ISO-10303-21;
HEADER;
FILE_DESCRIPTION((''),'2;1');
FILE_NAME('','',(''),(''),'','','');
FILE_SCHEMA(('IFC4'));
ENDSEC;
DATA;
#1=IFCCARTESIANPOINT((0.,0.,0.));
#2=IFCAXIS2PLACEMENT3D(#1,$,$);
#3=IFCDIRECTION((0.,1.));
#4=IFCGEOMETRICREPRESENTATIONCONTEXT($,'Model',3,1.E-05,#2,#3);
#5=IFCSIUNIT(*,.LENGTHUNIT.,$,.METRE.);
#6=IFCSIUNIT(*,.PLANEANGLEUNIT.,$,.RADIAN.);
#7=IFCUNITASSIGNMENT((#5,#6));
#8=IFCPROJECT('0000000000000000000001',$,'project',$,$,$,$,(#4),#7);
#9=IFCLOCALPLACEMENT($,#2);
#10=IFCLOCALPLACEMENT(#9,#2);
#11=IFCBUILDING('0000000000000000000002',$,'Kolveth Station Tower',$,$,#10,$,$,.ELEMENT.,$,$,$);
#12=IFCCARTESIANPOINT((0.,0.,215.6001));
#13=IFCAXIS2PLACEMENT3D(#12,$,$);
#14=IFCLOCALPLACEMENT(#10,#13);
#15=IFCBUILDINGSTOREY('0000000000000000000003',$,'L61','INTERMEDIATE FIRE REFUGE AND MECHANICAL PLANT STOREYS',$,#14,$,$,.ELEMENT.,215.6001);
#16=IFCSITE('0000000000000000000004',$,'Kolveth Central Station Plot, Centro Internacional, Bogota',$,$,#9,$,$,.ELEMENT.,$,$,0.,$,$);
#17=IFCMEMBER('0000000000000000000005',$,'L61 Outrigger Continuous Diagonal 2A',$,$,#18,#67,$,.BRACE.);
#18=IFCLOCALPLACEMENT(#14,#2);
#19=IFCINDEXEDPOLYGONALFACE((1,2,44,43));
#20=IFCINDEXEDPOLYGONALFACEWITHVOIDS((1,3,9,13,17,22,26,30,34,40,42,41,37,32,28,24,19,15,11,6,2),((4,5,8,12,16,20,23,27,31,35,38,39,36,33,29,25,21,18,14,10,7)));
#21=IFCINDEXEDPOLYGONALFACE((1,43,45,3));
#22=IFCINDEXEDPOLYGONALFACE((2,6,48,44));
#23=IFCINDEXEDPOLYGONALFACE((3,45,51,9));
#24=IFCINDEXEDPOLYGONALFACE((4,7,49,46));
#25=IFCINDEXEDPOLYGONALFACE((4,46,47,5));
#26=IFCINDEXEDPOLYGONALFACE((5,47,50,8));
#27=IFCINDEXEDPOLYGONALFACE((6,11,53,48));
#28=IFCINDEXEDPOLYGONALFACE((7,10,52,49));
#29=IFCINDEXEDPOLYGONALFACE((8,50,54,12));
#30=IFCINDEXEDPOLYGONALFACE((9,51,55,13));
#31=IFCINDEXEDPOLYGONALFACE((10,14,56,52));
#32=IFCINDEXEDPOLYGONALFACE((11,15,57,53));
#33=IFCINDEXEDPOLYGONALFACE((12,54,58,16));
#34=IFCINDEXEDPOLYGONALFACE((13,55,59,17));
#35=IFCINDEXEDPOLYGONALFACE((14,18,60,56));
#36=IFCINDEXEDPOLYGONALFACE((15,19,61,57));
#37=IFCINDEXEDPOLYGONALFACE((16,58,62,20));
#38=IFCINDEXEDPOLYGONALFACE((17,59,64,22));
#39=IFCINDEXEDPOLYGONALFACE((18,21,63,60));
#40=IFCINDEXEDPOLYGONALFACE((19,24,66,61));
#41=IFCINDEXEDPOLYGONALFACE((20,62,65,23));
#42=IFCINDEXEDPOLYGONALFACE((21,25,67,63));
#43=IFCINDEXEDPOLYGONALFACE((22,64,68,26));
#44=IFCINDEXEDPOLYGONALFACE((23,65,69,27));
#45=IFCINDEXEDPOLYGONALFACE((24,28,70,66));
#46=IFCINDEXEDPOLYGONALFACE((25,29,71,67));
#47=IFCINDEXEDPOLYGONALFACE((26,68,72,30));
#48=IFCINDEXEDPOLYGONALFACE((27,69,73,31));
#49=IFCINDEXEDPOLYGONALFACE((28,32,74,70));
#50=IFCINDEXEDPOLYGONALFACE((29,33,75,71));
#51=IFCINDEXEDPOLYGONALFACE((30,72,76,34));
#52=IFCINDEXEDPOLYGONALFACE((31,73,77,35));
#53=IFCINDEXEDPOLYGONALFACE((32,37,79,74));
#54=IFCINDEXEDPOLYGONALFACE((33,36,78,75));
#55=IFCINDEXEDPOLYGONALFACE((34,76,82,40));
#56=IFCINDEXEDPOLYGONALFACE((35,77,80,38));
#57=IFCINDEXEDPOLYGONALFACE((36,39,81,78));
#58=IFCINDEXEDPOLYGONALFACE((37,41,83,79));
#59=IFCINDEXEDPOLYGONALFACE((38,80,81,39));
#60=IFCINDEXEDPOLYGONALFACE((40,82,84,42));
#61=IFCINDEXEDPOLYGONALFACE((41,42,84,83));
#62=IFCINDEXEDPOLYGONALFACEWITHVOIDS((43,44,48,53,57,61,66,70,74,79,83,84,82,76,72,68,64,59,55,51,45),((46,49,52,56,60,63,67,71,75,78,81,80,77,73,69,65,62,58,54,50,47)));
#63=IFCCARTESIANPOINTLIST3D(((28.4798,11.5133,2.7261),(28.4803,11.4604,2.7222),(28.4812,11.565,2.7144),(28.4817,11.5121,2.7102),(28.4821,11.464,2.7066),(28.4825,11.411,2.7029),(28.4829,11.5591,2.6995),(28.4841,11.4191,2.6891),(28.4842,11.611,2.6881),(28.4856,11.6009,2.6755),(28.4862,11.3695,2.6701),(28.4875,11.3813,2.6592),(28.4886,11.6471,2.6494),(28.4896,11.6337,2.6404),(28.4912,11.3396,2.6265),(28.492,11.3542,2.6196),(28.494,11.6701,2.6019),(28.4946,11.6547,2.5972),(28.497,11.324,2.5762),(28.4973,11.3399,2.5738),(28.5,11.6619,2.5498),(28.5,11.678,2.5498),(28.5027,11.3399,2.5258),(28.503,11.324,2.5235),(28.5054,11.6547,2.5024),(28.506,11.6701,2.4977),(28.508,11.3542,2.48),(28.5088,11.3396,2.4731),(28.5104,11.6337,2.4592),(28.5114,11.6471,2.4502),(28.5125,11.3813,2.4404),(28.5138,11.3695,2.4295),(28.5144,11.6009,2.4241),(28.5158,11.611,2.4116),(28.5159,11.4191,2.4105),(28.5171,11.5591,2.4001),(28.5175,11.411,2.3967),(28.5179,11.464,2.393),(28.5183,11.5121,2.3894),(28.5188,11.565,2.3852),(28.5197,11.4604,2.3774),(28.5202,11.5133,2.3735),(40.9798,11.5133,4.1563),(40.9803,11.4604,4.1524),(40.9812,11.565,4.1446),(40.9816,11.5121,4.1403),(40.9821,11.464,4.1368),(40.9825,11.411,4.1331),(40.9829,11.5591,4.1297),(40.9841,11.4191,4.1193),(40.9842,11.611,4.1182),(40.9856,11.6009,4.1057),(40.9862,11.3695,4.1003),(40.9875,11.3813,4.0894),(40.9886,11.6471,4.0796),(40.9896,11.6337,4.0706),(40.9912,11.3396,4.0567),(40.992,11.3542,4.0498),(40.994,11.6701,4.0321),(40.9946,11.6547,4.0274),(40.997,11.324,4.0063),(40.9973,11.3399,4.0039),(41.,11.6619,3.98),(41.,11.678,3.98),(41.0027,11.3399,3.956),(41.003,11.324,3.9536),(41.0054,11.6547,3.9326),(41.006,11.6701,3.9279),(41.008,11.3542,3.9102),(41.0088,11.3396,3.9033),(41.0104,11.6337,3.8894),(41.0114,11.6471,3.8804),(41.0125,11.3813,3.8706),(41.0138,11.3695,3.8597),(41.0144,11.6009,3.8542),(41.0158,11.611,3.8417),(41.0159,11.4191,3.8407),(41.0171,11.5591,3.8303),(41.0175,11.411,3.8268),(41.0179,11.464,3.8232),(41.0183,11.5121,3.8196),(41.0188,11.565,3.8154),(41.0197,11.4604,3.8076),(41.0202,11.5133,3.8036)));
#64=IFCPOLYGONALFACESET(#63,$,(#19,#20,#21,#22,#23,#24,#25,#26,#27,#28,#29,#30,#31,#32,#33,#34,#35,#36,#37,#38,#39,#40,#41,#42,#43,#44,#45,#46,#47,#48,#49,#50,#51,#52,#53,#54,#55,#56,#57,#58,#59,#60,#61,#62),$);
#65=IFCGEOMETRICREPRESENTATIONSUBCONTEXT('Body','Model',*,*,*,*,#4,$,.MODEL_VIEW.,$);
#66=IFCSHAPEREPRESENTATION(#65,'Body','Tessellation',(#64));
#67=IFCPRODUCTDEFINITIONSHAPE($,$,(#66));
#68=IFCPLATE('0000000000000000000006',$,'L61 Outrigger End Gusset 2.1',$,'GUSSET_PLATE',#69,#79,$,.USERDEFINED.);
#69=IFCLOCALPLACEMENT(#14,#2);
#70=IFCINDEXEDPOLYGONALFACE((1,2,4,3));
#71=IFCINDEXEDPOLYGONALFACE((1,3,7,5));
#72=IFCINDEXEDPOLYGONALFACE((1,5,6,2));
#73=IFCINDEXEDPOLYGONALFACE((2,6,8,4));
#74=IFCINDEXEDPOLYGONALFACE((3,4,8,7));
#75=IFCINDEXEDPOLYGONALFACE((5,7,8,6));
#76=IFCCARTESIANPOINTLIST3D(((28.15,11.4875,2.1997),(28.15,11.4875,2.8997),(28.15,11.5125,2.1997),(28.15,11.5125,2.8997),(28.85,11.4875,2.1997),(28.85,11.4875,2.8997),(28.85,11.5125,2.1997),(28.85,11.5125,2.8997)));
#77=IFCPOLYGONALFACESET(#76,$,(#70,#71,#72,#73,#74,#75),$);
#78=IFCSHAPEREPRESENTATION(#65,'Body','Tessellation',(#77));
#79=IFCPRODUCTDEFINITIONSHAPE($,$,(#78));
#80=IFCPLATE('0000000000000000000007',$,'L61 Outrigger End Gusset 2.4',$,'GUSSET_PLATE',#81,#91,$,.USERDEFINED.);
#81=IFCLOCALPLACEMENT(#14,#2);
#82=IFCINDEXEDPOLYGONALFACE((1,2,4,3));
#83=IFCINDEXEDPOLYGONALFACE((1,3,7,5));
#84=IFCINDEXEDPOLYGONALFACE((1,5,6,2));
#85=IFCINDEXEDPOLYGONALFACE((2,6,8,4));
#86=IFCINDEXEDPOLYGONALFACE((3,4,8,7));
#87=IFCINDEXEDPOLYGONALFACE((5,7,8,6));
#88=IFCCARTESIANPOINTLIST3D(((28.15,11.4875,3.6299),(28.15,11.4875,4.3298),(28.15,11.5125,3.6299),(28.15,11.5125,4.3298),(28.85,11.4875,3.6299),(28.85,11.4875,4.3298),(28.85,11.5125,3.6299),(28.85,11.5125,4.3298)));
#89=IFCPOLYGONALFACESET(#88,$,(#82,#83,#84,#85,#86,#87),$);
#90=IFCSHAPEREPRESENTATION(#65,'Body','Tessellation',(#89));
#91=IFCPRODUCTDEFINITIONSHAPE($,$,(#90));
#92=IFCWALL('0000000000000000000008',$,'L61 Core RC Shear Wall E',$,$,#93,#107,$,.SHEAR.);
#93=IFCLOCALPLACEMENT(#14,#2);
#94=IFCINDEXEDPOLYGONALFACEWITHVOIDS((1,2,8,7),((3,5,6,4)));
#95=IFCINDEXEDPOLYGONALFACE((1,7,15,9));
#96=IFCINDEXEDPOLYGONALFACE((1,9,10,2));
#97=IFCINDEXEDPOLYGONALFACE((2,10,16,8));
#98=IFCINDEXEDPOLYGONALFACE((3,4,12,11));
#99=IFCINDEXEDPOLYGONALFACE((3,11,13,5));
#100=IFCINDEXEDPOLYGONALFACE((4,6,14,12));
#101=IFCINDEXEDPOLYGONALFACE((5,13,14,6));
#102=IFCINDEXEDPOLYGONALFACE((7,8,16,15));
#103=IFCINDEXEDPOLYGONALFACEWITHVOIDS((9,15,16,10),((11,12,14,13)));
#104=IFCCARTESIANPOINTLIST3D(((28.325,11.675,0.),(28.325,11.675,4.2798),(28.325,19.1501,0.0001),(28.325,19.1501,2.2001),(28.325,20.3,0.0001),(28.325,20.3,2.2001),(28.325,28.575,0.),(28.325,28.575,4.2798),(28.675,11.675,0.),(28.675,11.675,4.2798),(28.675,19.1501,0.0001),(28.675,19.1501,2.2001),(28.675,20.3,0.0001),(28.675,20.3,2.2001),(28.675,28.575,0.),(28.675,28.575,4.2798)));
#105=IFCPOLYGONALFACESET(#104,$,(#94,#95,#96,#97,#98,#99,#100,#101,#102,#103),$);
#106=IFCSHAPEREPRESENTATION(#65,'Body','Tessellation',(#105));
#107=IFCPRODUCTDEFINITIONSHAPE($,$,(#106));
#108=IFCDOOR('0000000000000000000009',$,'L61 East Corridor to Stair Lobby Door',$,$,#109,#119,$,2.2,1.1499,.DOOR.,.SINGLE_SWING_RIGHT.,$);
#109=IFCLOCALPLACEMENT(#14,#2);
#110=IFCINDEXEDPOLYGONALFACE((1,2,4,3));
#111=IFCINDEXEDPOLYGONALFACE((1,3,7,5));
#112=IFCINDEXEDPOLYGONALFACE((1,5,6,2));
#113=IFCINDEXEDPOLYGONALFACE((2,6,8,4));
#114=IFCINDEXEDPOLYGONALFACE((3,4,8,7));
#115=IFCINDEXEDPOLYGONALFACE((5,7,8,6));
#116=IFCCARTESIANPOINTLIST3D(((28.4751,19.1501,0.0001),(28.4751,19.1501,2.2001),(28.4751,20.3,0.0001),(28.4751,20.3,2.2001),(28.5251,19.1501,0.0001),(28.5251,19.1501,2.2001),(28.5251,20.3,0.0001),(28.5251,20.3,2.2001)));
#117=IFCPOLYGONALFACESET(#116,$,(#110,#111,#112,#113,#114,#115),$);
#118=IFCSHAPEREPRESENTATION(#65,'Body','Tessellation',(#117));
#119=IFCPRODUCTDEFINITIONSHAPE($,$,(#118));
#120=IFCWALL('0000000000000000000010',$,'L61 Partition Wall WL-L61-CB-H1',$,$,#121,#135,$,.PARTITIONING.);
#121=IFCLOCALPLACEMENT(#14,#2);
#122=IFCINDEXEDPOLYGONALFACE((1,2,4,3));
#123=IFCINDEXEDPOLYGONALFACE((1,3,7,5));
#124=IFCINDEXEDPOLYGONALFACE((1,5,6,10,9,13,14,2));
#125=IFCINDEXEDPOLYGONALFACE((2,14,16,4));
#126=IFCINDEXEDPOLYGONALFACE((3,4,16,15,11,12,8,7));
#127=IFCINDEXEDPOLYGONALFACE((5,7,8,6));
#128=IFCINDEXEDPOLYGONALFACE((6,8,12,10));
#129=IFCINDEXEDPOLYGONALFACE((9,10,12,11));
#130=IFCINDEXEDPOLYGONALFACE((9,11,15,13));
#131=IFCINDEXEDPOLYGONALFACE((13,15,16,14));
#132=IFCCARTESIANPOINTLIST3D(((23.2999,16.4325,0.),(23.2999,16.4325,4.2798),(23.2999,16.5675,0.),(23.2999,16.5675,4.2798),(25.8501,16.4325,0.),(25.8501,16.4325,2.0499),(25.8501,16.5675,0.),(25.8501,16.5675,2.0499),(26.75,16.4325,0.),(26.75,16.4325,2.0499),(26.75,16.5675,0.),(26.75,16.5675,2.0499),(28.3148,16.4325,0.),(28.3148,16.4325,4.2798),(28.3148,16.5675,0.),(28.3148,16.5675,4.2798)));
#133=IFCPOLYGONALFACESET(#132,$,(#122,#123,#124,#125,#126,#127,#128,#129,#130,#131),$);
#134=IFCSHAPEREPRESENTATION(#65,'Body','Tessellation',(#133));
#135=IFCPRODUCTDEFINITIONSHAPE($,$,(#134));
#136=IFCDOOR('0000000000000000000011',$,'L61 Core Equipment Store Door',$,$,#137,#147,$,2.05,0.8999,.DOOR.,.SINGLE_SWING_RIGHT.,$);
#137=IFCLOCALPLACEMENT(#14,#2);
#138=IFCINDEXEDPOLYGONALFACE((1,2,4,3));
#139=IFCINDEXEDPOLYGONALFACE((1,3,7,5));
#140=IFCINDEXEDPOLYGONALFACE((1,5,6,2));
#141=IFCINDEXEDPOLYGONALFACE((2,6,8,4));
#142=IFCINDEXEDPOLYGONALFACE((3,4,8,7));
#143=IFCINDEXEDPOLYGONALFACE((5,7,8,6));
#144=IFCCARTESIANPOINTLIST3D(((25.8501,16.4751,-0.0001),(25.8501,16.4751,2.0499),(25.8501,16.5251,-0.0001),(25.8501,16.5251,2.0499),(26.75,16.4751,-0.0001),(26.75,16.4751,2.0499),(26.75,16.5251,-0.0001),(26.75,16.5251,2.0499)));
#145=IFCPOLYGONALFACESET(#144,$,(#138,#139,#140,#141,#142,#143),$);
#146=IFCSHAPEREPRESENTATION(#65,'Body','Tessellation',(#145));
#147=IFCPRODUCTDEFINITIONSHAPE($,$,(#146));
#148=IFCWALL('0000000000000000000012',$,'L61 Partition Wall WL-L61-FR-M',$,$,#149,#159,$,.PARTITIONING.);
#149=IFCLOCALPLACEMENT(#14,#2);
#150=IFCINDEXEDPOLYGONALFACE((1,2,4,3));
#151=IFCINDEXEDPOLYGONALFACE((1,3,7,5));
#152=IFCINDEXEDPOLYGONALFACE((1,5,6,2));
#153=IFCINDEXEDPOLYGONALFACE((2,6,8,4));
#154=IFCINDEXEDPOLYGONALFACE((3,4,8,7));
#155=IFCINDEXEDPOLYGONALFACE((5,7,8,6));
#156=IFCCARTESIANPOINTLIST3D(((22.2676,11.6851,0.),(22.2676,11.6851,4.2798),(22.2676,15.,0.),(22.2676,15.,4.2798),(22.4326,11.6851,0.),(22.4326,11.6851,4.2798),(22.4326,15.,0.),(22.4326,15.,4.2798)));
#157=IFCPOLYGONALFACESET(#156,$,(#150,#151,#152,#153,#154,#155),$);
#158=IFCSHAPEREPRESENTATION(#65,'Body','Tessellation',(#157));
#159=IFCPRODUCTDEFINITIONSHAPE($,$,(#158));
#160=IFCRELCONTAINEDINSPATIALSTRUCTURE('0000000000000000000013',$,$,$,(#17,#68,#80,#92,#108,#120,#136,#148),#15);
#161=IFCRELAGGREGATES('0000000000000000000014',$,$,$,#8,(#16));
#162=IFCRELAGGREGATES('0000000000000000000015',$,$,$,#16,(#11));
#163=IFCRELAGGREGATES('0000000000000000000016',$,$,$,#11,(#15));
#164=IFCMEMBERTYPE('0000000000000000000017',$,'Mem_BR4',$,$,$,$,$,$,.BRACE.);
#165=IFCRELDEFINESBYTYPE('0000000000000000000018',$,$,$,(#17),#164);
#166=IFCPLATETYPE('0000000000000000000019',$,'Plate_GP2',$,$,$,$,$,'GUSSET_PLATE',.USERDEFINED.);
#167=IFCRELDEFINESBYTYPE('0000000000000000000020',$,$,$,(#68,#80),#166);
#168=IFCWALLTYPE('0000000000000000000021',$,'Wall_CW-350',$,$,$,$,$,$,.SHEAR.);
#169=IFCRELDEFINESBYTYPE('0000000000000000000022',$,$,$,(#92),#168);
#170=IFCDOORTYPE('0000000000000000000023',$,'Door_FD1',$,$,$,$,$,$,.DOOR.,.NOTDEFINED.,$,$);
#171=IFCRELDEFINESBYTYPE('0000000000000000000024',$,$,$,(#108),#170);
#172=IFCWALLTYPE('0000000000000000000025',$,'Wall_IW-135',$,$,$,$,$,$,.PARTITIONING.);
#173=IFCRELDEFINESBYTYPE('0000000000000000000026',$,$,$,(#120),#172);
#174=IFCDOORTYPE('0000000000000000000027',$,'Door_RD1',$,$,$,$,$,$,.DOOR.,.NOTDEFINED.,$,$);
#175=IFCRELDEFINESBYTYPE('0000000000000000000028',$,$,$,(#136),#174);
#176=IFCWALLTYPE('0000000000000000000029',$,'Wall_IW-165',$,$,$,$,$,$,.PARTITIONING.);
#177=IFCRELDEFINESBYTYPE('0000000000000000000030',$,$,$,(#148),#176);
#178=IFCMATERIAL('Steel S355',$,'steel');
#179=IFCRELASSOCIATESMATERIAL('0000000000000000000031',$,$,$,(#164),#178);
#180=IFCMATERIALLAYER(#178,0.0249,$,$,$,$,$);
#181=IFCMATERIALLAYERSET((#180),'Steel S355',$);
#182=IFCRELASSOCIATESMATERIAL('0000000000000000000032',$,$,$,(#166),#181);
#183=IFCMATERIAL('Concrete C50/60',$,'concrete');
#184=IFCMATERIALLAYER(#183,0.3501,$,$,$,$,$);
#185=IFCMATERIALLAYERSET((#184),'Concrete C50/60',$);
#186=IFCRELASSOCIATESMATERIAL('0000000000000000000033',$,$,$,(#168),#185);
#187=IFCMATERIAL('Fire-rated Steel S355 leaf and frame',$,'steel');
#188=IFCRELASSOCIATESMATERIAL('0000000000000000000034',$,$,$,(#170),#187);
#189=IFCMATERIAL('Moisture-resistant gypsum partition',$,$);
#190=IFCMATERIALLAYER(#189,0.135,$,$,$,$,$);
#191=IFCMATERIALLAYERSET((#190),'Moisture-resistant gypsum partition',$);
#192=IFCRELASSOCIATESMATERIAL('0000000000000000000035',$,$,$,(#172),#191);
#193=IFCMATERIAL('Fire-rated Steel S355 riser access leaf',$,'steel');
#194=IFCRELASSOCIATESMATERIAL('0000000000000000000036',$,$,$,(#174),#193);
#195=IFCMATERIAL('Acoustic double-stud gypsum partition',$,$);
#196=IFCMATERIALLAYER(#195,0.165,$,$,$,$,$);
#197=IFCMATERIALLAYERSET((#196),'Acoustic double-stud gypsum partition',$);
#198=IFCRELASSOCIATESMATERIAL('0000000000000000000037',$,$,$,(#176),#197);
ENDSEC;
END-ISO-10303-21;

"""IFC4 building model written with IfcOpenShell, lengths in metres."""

from ifc_helpers import new_model, si_unit, direction, frame, frame_2d, origin, origin_2d, place, context, subcontext, project, spatial, rectangle, hollow_circle, extrude, source, transform, mapped, material, layer, layer_set, material_profile, profile_set, type_object, element, fill, save


model = new_model("IFC4")

# Units and contexts
model_context = context("Model", 3, precision=1e-05, world=origin(), true_north=direction((0.0, 1.0)))
body_context = subcontext(model_context, "Body", "Model", "MODEL_VIEW")
ifc_project = project(units=[si_unit("LENGTHUNIT", "METRE"), si_unit("PLANEANGLEUNIT", "RADIAN")], contexts=[model_context])

# Site, building, storey
site_placement = place(None, origin())
site = spatial("IfcSite", under=ifc_project, at=site_placement, Name="Kolveth Central Station Plot, Centro Internacional, Bogota", CompositionType="ELEMENT", RefElevation=0.0)
building_placement = place(site_placement, origin())
building = spatial("IfcBuilding", under=site, at=building_placement, Name="Kolveth Station Tower", CompositionType="ELEMENT")
storey_placement = place(building_placement, frame((0.0, 0.0, 215.6001)))
storey = spatial("IfcBuildingStorey", under=building, at=storey_placement, Name="L61", Description="INTERMEDIATE FIRE REFUGE AND MECHANICAL PLANT STOREYS", CompositionType="ELEMENT", Elevation=215.6001)

# Shared definitions
ifc_material_1 = material(Name="Steel S355", Category="steel")

# Member
ifc_material_profile_1 = material_profile(ifc_material_1, hollow_circle(Radius=0.178, WallThickness=0.0161, at=origin_2d()), Name="CHS356x16")
ifc_profile_set_1 = profile_set([ifc_material_profile_1], Name="Steel S355")
member_type = type_object("IfcMemberType", Name="Mem_BR4", PredefinedType="BRACE", material=ifc_profile_set_1)
shared_shape_1 = source(origin(), body_context, "Body", "SweptSolid", [
    extrude(hollow_circle(Radius=0.178, WallThickness=0.0161, at=origin_2d()), origin(), (0.0, 0.0, 1.0), 12.5815),
])
member_placement = place(storey_placement, frame((28.5, 11.5, 2.5498), z_axis=(0.993518, 0.0, 0.113672), x_axis=(0.0, 1.0, 0.0)))
element("IfcMember", 1, at=member_placement, inside=storey, type_object=member_type, Name="L61 Outrigger Continuous Diagonal 2A", PredefinedType="BRACE", context=body_context, shape_type="MappedRepresentation", body=[
    mapped(shared_shape_1, transform((0.0, 0.0, 0.0), x_axis=(1.0, 0.0, 0.0), y_axis=(0.0, 1.0, 0.0), z_axis=(0.0, 0.0, 1.0), scale=1.0)),
])

# Plates
ifc_layer_1 = layer(ifc_material_1, 0.0249)
ifc_layer_set_1 = layer_set([ifc_layer_1], Name="Steel S355")
plate_type = type_object("IfcPlateType", Name="Plate_GP2", ElementType="GUSSET_PLATE", PredefinedType="USERDEFINED", material=ifc_layer_set_1)
shared_shape_2 = source(origin(), body_context, "Body", "SweptSolid", [
    extrude(rectangle(XDim=0.7, YDim=0.0249, at=origin_2d()), origin(), (0.0, 0.0, 1.0), 0.7),
])
for number, where, z_axis, x_axis, name in (
    (2, (28.5, 11.5, 2.1997), (0.0, 0.0, 1.0), (1.0, 0.0, 0.0), "L61 Outrigger End Gusset 2.1"),
    (3, (28.5, 11.5, 3.6299), (0.0, 0.0, 1.0), (1.0, 0.0, 0.0), "L61 Outrigger End Gusset 2.4"),
):
    element("IfcPlate", number, at=place(storey_placement, frame(where, z_axis=z_axis, x_axis=x_axis)), inside=storey, type_object=plate_type, Name=name, ObjectType="GUSSET_PLATE", PredefinedType="USERDEFINED", context=body_context, shape_type="MappedRepresentation", body=[
        mapped(shared_shape_2, transform((0.0, 0.0, 0.0), x_axis=(1.0, 0.0, 0.0), y_axis=(0.0, 1.0, 0.0), z_axis=(0.0, 0.0, 1.0), scale=1.0)),
    ])

# Walls, openings, doors
ifc_material_2 = material(Name="Concrete C50/60", Category="concrete")
ifc_layer_2 = layer(ifc_material_2, 0.3501)
ifc_layer_set_2 = layer_set([ifc_layer_2], Name="Concrete C50/60")
wall_type_1 = type_object("IfcWallType", Name="Wall_CW-350", PredefinedType="SHEAR", material=ifc_layer_set_2)
wall_1_placement = place(storey_placement, frame((28.5, 11.675, 0.0), z_axis=(0.0, 0.0, 1.0), x_axis=(0.0, 1.0, 0.0)))
wall_1 = element("IfcWall", 4, at=wall_1_placement, inside=storey, type_object=wall_type_1, Name="L61 Core RC Shear Wall E", PredefinedType="SHEAR", context=body_context, shape_type="SweptSolid", body=[
    extrude(rectangle(XDim=16.8999, YDim=0.3501, at=frame_2d((8.45, 0.0))), origin(), (0.0, 0.0, 1.0), 4.2798),
])
opening_1_placement = place(wall_1_placement, frame((7.4751, 0.0, 0.0)))
opening_1 = element("IfcOpeningElement", 5, at=opening_1_placement, cuts=wall_1, PredefinedType="OPENING", context=body_context, shape_type="SweptSolid", body=[
    extrude(rectangle(XDim=1.1499, YDim=2.2, at=frame_2d((0.575, 1.1001))), frame((0.0, 0.1851, 0.0), z_axis=(0.0, -1.0, 0.0), x_axis=(1.0, 0.0, 0.0)), (0.0, 0.0, 1.0), 0.3701),
])
ifc_material_3 = material(Name="Fire-rated Steel S355 leaf and frame", Category="steel")
door_type_1 = type_object("IfcDoorType", Name="Door_FD1", OperationType="NOTDEFINED", PredefinedType="DOOR", material=ifc_material_3)
door_1_placement = place(opening_1_placement, origin())
door_1 = element("IfcDoor", 6, at=door_1_placement, inside=storey, type_object=door_type_1, Name="L61 East Corridor to Stair Lobby Door", OperationType="SINGLE_SWING_RIGHT", OverallHeight=2.2, OverallWidth=1.1499, PredefinedType="DOOR", context=body_context, shape_type="SweptSolid", body=[
    extrude(rectangle(XDim=1.1499, YDim=2.2, at=frame_2d((0.575, 1.1001))), frame((0.0, 0.0249, 0.0), z_axis=(0.0, -1.0, 0.0), x_axis=(1.0, 0.0, 0.0)), (0.0, 0.0, 1.0), 0.05),
])
fill(opening_1, door_1)
ifc_material_4 = material(Name="Moisture-resistant gypsum partition")
ifc_layer_3 = layer(ifc_material_4, 0.135)
ifc_layer_set_3 = layer_set([ifc_layer_3], Name="Moisture-resistant gypsum partition")
wall_type_2 = type_object("IfcWallType", Name="Wall_IW-135", PredefinedType="PARTITIONING", material=ifc_layer_set_3)
wall_2_placement = place(storey_placement, frame((23.3, 16.5, 0.0), z_axis=(0.0, 0.0, 1.0), x_axis=(1.0, 0.0, 0.0)))
wall_2 = element("IfcWall", 7, at=wall_2_placement, inside=storey, type_object=wall_type_2, Name="L61 Partition Wall WL-L61-CB-H1", PredefinedType="PARTITIONING", context=body_context, shape_type="SweptSolid", body=[
    extrude(rectangle(XDim=5.0149, YDim=0.135, at=frame_2d((2.5073, 0.0))), origin(), (0.0, 0.0, 1.0), 4.2798),
])
opening_2_placement = place(wall_2_placement, frame((2.55, 0.0, 0.0)))
opening_2 = element("IfcOpeningElement", 8, at=opening_2_placement, cuts=wall_2, PredefinedType="OPENING", context=body_context, shape_type="SweptSolid", body=[
    extrude(rectangle(XDim=0.8999, YDim=2.05, at=frame_2d((0.45, 1.0249))), frame((0.0, 0.0774, 0.0), z_axis=(0.0, -1.0, 0.0), x_axis=(1.0, 0.0, 0.0)), (0.0, 0.0, 1.0), 0.155),
])
ifc_material_5 = material(Name="Fire-rated Steel S355 riser access leaf", Category="steel")
door_type_2 = type_object("IfcDoorType", Name="Door_RD1", OperationType="NOTDEFINED", PredefinedType="DOOR", material=ifc_material_5)
door_2_placement = place(opening_2_placement, frame((0.8999, 0.0, 0.0), z_axis=(0.0, 0.0, 1.0), x_axis=(-1.0, 0.0, 0.0)))
door_2 = element("IfcDoor", 9, at=door_2_placement, inside=storey, type_object=door_type_2, Name="L61 Core Equipment Store Door", OperationType="SINGLE_SWING_RIGHT", OverallHeight=2.05, OverallWidth=0.8999, PredefinedType="DOOR", context=body_context, shape_type="SweptSolid", body=[
    extrude(rectangle(XDim=0.8999, YDim=2.05, at=frame_2d((0.45, 1.0249))), frame((0.0, 0.0249, 0.0), z_axis=(0.0, -1.0, 0.0), x_axis=(1.0, 0.0, 0.0)), (0.0, 0.0, 1.0), 0.05),
])
fill(opening_2, door_2)

# Wall
ifc_material_6 = material(Name="Acoustic double-stud gypsum partition")
ifc_layer_4 = layer(ifc_material_6, 0.165)
ifc_layer_set_4 = layer_set([ifc_layer_4], Name="Acoustic double-stud gypsum partition")
wall_type_3 = type_object("IfcWallType", Name="Wall_IW-165", PredefinedType="PARTITIONING", material=ifc_layer_set_4)
wall_3_placement = place(storey_placement, frame((22.3501, 11.6851, 0.0), z_axis=(0.0, 0.0, 1.0), x_axis=(0.0, 1.0, 0.0)))
element("IfcWall", 10, at=wall_3_placement, inside=storey, type_object=wall_type_3, Name="L61 Partition Wall WL-L61-FR-M", PredefinedType="PARTITIONING", context=body_context, shape_type="SweptSolid", body=[
    extrude(rectangle(XDim=3.3149, YDim=0.165, at=frame_2d((1.6575, 0.0))), origin(), (0.0, 0.0, 1.0), 4.2798),
])

save(model, "model.ifc")
